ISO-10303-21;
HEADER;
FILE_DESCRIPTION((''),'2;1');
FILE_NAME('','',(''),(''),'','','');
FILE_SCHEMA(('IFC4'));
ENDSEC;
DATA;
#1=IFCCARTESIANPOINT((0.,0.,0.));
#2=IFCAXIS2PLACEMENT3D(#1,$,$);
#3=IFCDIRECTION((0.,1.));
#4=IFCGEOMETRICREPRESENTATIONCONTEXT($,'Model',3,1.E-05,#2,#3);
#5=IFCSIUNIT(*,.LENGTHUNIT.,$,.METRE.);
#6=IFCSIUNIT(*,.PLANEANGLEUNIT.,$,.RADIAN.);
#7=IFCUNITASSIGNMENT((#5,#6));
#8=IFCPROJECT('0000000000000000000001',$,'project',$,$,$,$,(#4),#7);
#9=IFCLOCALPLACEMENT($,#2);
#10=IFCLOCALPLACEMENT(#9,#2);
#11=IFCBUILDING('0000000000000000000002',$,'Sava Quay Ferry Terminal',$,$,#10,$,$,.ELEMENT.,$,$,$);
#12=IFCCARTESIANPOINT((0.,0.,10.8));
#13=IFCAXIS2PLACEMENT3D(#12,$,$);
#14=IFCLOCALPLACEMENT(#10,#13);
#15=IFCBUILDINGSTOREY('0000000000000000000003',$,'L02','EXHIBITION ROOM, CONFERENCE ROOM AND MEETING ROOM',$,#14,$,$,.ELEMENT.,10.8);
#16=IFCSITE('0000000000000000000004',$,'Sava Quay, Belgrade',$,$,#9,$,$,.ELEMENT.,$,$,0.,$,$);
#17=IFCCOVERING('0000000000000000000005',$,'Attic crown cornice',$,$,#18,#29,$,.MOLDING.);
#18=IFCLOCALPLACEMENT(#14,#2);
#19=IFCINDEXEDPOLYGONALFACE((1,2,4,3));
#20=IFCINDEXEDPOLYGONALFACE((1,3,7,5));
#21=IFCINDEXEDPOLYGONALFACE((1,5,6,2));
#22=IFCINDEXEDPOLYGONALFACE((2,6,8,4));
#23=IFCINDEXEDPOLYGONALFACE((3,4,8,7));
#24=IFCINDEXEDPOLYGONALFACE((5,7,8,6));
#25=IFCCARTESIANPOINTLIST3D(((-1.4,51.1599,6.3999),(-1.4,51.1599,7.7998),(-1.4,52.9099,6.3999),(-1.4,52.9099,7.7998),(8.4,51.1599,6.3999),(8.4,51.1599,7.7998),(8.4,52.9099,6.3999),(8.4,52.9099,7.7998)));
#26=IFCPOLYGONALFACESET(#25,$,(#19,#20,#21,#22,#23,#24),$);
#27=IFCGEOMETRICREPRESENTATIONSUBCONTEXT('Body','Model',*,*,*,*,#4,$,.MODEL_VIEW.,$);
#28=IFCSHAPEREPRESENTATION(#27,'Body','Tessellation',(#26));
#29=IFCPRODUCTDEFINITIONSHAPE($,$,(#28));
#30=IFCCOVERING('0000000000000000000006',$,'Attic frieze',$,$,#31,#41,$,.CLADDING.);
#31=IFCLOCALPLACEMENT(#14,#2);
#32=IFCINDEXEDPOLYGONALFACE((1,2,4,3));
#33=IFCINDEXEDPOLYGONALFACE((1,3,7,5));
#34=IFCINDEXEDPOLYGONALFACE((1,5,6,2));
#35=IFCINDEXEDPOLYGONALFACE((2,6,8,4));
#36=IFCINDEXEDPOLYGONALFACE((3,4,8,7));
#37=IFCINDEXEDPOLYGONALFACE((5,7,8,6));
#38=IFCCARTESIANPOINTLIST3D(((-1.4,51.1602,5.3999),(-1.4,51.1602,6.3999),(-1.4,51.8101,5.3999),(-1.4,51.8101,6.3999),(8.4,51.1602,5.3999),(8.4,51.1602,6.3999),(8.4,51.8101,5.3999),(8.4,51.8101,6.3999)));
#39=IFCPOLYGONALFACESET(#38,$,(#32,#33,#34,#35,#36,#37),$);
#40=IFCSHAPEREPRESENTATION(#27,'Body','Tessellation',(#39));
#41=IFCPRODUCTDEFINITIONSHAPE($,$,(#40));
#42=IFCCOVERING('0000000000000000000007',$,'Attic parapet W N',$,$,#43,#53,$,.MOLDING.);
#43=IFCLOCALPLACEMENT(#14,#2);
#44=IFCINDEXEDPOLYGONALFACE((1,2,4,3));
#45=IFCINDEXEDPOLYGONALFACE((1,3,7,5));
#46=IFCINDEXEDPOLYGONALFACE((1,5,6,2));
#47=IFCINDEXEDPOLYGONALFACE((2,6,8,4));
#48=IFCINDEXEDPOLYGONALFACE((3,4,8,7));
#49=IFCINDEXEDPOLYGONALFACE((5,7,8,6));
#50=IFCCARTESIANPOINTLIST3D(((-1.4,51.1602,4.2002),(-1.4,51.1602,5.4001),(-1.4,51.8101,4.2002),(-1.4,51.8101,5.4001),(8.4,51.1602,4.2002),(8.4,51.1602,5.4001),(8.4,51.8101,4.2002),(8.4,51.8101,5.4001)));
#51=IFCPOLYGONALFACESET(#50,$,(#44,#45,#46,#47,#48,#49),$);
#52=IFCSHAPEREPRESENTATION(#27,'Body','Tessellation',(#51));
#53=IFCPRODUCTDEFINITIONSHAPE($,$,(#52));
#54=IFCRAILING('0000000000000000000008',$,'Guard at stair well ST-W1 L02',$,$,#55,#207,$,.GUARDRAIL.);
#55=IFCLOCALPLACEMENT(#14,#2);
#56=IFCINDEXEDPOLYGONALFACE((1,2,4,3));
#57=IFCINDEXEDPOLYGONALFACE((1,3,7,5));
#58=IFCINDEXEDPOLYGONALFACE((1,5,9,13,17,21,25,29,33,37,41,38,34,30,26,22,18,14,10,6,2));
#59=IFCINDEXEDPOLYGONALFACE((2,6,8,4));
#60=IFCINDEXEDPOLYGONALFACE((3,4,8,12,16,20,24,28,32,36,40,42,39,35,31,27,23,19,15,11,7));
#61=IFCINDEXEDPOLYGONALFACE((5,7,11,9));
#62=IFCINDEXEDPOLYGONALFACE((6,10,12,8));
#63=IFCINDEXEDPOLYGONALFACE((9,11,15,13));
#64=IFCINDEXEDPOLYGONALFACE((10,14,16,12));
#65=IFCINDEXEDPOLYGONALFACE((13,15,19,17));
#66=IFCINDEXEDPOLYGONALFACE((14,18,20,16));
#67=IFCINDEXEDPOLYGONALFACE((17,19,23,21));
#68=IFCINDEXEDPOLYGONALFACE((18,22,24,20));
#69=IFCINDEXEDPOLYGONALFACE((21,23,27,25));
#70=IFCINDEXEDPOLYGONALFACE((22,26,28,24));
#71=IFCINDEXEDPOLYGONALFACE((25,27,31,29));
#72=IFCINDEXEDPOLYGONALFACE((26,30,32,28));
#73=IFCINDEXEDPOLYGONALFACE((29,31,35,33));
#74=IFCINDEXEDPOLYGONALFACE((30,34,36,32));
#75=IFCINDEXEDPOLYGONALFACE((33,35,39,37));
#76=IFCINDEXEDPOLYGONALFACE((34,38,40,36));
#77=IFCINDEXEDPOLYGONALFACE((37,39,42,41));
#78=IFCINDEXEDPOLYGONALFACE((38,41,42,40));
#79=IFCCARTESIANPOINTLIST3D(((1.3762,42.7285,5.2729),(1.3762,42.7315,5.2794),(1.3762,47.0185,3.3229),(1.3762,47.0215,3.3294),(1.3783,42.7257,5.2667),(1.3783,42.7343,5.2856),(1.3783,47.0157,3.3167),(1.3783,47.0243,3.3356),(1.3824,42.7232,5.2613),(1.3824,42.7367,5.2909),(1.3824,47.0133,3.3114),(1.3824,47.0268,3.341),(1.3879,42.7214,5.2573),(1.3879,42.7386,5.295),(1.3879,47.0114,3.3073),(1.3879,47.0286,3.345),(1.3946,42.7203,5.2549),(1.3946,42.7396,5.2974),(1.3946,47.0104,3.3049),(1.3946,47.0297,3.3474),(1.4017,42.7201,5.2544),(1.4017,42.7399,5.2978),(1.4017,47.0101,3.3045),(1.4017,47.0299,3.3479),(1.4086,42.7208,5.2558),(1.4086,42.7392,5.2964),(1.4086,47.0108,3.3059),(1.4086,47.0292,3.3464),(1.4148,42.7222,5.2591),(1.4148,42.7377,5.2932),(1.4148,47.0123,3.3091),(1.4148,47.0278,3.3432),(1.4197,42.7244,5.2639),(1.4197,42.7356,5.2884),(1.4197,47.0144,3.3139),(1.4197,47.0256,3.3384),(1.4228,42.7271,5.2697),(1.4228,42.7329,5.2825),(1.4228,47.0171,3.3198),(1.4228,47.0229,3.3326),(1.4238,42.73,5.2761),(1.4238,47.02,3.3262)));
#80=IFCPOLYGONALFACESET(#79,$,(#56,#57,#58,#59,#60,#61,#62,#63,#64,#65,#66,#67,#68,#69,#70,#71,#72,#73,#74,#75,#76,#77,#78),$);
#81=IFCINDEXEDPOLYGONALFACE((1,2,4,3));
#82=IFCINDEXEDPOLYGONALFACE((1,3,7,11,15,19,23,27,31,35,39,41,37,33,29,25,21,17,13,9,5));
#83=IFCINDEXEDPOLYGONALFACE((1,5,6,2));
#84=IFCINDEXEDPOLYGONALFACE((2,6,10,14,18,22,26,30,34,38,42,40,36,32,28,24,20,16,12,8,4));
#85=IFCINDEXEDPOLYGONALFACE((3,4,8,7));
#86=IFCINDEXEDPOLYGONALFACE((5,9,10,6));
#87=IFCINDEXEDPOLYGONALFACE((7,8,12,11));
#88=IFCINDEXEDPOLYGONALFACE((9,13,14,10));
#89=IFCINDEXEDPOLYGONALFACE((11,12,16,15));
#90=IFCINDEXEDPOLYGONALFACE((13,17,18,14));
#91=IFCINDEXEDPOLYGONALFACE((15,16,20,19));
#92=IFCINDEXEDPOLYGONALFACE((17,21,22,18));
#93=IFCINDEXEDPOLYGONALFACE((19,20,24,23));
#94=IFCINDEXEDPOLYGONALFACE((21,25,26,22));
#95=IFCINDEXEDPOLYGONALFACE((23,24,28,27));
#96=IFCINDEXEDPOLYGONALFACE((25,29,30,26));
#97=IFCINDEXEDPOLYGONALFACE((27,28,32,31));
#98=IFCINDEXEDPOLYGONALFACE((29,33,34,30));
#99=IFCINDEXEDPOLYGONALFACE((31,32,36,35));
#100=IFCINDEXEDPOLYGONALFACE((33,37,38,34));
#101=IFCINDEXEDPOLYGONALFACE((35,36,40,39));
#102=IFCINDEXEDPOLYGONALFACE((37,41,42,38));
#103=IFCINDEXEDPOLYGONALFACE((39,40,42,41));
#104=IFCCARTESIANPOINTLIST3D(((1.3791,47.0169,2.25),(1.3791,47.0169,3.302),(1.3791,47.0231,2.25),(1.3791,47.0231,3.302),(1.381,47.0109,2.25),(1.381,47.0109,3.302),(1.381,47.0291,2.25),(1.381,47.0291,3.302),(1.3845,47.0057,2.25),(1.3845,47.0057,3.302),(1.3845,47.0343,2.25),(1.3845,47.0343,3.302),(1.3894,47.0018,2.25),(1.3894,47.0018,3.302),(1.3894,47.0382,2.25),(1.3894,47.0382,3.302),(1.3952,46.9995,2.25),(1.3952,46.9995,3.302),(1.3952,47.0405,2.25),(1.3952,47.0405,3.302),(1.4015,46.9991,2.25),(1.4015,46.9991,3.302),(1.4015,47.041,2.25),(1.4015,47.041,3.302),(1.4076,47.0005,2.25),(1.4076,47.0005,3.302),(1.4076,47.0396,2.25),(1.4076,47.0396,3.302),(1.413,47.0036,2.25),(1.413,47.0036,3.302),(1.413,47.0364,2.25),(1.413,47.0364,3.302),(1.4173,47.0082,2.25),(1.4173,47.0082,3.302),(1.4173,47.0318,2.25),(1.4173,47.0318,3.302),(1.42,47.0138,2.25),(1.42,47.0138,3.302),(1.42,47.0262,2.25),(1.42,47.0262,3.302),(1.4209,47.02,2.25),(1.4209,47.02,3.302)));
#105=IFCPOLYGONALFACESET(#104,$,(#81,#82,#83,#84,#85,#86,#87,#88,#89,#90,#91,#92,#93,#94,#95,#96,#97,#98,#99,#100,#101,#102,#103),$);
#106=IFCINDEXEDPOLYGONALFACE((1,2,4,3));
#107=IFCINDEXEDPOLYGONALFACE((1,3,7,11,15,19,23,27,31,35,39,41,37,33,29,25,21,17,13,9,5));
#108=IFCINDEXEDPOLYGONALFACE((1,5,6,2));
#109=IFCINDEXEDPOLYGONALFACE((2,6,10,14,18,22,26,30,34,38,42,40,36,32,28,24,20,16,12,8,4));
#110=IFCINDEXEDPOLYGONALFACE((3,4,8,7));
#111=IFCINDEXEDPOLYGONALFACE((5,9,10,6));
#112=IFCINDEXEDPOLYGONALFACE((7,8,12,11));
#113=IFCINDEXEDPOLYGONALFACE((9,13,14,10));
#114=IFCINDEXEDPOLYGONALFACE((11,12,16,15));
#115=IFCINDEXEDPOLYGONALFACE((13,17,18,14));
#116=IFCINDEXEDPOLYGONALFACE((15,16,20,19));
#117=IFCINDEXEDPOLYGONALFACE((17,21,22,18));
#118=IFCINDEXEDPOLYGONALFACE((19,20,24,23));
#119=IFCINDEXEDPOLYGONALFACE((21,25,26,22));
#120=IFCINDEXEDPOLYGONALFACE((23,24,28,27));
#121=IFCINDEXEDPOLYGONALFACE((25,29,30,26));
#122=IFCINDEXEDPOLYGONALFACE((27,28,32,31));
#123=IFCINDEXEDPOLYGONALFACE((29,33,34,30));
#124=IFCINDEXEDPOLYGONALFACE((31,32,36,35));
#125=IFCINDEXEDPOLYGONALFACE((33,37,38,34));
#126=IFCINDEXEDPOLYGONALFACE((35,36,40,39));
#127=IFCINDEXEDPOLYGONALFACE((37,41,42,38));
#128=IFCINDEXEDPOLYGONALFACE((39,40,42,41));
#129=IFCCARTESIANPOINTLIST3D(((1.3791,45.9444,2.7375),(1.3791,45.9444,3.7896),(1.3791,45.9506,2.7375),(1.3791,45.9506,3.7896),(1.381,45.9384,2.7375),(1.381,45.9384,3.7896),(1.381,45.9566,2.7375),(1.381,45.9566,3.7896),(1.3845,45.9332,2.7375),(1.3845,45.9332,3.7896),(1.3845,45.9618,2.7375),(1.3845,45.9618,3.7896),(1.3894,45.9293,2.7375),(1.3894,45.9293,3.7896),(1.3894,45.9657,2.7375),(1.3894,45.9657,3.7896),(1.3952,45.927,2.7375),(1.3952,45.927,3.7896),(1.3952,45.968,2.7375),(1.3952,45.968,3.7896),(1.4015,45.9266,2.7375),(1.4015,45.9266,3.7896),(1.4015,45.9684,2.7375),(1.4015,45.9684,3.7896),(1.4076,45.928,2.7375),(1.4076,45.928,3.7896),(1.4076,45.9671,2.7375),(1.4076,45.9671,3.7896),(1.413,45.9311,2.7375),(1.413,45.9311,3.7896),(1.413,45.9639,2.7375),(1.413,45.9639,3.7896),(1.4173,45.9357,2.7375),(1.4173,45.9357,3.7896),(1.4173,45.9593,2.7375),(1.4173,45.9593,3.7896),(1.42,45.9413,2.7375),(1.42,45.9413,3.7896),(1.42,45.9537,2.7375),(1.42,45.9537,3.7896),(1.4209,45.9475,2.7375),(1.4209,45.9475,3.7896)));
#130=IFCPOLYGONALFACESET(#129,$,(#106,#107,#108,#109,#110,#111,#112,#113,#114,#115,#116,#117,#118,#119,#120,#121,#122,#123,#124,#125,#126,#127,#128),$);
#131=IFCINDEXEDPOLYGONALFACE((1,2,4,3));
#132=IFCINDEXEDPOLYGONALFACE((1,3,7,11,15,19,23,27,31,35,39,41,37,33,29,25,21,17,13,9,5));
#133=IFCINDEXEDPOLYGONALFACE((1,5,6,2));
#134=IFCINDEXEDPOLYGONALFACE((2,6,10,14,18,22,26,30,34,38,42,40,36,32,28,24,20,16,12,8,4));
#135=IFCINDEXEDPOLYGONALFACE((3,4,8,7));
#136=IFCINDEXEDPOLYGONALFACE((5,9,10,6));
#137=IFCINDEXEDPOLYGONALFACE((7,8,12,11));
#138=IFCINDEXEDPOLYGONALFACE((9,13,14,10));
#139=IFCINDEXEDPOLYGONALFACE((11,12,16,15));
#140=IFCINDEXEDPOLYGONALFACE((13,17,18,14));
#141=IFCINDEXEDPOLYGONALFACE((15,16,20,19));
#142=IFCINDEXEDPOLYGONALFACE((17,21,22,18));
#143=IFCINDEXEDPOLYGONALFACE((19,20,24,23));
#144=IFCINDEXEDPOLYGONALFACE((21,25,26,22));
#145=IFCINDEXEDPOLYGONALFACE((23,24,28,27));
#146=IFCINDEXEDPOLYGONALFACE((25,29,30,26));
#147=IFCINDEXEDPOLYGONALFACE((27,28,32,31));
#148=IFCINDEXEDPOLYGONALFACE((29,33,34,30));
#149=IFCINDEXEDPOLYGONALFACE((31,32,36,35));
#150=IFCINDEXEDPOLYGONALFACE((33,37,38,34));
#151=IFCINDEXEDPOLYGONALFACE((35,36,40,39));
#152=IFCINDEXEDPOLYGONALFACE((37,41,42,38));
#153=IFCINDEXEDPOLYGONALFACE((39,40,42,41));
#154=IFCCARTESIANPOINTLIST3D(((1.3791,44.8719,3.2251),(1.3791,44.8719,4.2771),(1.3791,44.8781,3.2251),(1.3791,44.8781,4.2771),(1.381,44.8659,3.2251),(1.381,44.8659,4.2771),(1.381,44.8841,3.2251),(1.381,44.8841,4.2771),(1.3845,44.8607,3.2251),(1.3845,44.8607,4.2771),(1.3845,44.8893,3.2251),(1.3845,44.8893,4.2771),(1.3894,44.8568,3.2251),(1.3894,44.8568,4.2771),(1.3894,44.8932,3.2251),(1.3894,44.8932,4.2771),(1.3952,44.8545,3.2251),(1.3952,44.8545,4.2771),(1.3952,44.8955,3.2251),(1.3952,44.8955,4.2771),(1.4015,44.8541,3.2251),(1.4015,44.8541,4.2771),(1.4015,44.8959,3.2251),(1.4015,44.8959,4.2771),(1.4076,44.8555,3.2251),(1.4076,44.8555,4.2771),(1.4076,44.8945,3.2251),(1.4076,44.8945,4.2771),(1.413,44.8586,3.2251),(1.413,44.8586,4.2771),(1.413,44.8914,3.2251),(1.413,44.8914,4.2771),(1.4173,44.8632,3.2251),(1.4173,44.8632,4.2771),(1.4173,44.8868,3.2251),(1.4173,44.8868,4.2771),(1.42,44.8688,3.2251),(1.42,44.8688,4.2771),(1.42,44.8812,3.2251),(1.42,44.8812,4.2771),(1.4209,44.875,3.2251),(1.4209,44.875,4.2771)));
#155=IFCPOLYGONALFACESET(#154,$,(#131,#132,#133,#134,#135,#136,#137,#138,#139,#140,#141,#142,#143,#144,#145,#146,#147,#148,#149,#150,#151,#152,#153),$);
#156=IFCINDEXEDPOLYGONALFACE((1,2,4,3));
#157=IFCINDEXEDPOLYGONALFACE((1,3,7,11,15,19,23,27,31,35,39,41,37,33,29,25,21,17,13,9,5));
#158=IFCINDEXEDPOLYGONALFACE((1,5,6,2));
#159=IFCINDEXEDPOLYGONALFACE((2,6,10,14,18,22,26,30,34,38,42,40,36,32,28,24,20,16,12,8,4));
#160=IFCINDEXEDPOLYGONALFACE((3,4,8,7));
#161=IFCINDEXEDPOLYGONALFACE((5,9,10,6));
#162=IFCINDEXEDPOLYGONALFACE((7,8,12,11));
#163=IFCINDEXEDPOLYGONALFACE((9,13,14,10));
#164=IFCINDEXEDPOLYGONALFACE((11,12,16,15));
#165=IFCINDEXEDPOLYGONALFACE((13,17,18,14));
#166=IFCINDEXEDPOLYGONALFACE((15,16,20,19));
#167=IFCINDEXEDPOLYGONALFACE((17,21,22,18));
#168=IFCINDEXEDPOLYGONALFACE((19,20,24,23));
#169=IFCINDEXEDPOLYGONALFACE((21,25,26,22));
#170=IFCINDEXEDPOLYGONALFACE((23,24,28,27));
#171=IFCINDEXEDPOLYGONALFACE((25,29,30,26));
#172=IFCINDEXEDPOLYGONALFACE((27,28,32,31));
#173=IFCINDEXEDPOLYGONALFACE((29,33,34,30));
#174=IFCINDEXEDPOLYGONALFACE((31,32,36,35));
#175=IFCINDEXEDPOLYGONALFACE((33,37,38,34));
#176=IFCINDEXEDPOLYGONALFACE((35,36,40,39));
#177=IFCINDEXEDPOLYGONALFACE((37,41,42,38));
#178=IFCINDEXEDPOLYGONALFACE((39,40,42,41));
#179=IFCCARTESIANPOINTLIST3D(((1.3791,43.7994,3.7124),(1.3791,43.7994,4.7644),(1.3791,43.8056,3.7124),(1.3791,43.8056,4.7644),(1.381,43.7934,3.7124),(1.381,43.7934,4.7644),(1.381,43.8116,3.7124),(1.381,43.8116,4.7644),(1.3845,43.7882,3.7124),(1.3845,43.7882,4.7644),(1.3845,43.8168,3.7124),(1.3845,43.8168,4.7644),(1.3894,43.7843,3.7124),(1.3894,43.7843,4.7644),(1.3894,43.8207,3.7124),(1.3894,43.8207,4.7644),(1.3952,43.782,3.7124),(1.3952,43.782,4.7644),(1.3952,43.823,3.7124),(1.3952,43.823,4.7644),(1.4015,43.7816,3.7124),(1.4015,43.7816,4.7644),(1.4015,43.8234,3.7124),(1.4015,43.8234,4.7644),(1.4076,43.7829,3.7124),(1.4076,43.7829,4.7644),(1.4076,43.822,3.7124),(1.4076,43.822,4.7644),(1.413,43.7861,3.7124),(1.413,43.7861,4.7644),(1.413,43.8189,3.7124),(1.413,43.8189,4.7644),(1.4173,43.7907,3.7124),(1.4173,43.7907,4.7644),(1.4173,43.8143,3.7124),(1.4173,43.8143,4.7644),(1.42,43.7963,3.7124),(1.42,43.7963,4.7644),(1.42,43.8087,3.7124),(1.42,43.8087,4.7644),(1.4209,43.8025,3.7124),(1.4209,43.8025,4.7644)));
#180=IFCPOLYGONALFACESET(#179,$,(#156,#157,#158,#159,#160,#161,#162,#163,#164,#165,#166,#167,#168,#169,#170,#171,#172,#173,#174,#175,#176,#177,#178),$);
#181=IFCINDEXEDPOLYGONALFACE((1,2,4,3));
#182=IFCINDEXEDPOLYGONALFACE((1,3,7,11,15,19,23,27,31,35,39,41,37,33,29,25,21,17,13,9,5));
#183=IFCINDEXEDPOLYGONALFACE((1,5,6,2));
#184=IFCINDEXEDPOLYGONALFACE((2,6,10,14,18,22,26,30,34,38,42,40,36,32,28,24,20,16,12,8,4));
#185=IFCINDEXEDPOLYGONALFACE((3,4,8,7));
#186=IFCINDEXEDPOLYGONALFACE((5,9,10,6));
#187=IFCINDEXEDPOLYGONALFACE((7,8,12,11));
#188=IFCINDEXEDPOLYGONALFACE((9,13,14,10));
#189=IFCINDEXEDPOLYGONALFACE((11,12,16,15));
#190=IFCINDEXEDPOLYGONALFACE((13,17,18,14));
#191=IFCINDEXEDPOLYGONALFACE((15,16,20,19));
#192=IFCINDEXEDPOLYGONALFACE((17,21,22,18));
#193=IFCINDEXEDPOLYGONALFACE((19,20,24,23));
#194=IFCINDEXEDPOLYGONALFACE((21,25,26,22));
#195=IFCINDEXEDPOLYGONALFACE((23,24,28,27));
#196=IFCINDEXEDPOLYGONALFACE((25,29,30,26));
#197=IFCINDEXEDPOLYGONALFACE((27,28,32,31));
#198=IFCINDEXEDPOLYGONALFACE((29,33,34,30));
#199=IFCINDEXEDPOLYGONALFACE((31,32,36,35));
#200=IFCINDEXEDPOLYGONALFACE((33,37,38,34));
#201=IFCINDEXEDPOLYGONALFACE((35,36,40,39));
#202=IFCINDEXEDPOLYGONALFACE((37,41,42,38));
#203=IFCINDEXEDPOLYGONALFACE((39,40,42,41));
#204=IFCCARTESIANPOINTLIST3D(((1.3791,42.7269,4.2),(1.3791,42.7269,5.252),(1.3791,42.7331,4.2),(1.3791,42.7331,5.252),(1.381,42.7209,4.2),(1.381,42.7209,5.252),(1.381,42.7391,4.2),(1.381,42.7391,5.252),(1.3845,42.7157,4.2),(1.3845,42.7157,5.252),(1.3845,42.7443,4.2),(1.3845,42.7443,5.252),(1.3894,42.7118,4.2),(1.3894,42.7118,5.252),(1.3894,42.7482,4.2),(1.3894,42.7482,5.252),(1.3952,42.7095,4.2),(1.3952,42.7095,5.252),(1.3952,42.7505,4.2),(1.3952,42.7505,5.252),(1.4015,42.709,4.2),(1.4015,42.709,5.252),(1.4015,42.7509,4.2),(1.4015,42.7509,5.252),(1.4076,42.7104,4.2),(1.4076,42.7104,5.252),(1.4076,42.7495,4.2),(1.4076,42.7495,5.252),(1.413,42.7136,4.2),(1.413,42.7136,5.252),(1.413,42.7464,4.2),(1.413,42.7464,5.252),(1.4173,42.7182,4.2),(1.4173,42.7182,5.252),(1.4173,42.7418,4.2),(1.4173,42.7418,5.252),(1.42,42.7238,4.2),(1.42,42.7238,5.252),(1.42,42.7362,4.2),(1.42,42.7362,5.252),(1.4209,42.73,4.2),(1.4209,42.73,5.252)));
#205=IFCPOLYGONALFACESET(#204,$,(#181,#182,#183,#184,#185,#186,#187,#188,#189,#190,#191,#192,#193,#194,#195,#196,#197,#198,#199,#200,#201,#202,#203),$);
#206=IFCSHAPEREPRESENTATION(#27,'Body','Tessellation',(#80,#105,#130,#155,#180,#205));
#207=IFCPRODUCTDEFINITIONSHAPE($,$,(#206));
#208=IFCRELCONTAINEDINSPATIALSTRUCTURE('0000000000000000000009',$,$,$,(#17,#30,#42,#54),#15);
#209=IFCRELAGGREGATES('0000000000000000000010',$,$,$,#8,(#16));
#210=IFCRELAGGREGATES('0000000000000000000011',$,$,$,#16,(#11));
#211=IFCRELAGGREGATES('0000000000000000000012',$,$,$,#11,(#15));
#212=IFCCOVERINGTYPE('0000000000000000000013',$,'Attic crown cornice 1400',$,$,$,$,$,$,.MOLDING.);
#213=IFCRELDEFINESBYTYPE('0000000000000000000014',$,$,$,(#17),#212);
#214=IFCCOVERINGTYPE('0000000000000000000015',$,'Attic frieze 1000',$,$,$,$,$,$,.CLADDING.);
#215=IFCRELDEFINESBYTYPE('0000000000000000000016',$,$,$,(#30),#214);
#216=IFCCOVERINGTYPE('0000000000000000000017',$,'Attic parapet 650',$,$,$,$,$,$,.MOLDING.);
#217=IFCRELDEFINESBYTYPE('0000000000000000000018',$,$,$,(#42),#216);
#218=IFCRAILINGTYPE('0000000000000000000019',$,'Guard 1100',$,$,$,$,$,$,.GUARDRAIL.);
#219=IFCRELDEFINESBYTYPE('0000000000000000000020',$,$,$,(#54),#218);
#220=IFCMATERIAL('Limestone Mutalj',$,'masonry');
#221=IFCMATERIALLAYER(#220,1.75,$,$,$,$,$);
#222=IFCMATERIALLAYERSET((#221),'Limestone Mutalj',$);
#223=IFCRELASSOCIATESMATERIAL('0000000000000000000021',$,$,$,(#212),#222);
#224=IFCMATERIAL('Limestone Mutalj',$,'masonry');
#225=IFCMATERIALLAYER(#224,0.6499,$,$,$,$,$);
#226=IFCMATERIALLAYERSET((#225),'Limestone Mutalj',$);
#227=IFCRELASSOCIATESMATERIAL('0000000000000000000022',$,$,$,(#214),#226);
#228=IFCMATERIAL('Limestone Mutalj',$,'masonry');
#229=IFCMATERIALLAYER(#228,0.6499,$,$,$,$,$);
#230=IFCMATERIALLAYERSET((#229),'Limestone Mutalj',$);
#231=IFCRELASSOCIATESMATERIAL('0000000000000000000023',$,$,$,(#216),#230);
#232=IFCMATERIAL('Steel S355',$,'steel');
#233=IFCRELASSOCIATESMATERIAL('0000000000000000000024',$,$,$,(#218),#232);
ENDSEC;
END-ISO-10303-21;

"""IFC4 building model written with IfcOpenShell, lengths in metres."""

from ifc_helpers import new_model, si_unit, direction, frame, origin, origin_2d, place, context, subcontext, project, spatial, rectangle, circle, extrude, material, layer, layer_set, type_object, element, save


model = new_model("IFC4")

# Units and contexts
model_context = context("Model", 3, precision=1e-05, world=origin(), true_north=direction((0.0, 1.0)))
body_context = subcontext(model_context, "Body", "Model", "MODEL_VIEW")
ifc_project = project(units=[si_unit("LENGTHUNIT", "METRE"), si_unit("PLANEANGLEUNIT", "RADIAN")], contexts=[model_context])

# Site, building, storey
site_placement = place(None, origin())
site = spatial("IfcSite", under=ifc_project, at=site_placement, Name="Sava Quay, Belgrade", CompositionType="ELEMENT", RefElevation=0.0)
building_placement = place(site_placement, origin())
building = spatial("IfcBuilding", under=site, at=building_placement, Name="Sava Quay Ferry Terminal", CompositionType="ELEMENT")
storey_placement = place(building_placement, frame((0.0, 0.0, 10.8)))
storey = spatial("IfcBuildingStorey", under=building, at=storey_placement, Name="L02", Description="EXHIBITION ROOM, CONFERENCE ROOM AND MEETING ROOM", CompositionType="ELEMENT", Elevation=10.8)

# Coverings
ifc_material_1 = material(Name="Limestone Mutalj", Category="masonry")
ifc_layer_1 = layer(ifc_material_1, 1.75)
ifc_layer_set_1 = layer_set([ifc_layer_1], Name="Limestone Mutalj")
covering_type_1 = type_object("IfcCoveringType", Name="Attic crown cornice 1400", PredefinedType="MOLDING", material=ifc_layer_set_1)
covering_1_placement = place(storey_placement, frame((3.5, 52.0349, 6.3999), z_axis=(0.0, 0.0, 1.0), x_axis=(1.0, 0.0, 0.0)))
element("IfcCovering", 1, at=covering_1_placement, inside=storey, type_object=covering_type_1, Name="Attic crown cornice", PredefinedType="MOLDING", context=body_context, shape_type="SweptSolid", body=[
    extrude(rectangle(XDim=9.8, YDim=1.75, at=origin_2d()), origin(), (0.0, 0.0, 1.0), 1.3999),
])
ifc_material_2 = material(Name="Limestone Mutalj", Category="masonry")
ifc_layer_2 = layer(ifc_material_2, 0.6499)
ifc_layer_set_2 = layer_set([ifc_layer_2], Name="Limestone Mutalj")
covering_type_2 = type_object("IfcCoveringType", Name="Attic frieze 1000", PredefinedType="CLADDING", material=ifc_layer_set_2)
covering_2_placement = place(storey_placement, frame((3.5, 51.4851, 5.3999), z_axis=(0.0, 0.0, 1.0), x_axis=(1.0, 0.0, 0.0)))
element("IfcCovering", 2, at=covering_2_placement, inside=storey, type_object=covering_type_2, Name="Attic frieze", PredefinedType="CLADDING", context=body_context, shape_type="SweptSolid", body=[
    extrude(rectangle(XDim=9.8, YDim=0.6499, at=origin_2d()), origin(), (0.0, 0.0, 1.0), 1.0),
])
ifc_material_3 = material(Name="Limestone Mutalj", Category="masonry")
ifc_layer_3 = layer(ifc_material_3, 0.6499)
ifc_layer_set_3 = layer_set([ifc_layer_3], Name="Limestone Mutalj")
covering_type_3 = type_object("IfcCoveringType", Name="Attic parapet 650", PredefinedType="MOLDING", material=ifc_layer_set_3)
covering_3_placement = place(storey_placement, frame((3.5, 51.4851, 4.2002), z_axis=(0.0, 0.0, 1.0), x_axis=(1.0, 0.0, 0.0)))
element("IfcCovering", 3, at=covering_3_placement, inside=storey, type_object=covering_type_3, Name="Attic parapet W N", PredefinedType="MOLDING", context=body_context, shape_type="SweptSolid", body=[
    extrude(rectangle(XDim=9.8, YDim=0.6499, at=origin_2d()), origin(), (0.0, 0.0, 1.0), 1.2),
])

# Railing
ifc_material_4 = material(Name="Steel S355", Category="steel")
railing_type_1 = type_object("IfcRailingType", Name="Guard 1100", PredefinedType="GUARDRAIL", material=ifc_material_4)
railing_1_placement = place(storey_placement, frame((1.3999, 47.02, 2.25)))
element("IfcRailing", 4, at=railing_1_placement, inside=storey, type_object=railing_type_1, Name="Guard at stair well ST-W1 L02", PredefinedType="GUARDRAIL", context=body_context, shape_type="SweptSolid", body=[
    extrude(circle(Radius=0.0239, at=origin_2d()), frame((0.0, 0.0, 1.0762), z_axis=(0.0, -0.910372, 0.413791), x_axis=(1.0, 0.0, 0.0)), (0.0, 0.0, 1.0), 4.7124),
    extrude(circle(Radius=0.021, at=origin_2d()), origin(), (0.0, 0.0, 1.0), 1.052),
    extrude(circle(Radius=0.021, at=origin_2d()), frame((0.0, -1.0725, 0.4875)), (0.0, 0.0, 1.0), 1.052),
    extrude(circle(Radius=0.021, at=origin_2d()), frame((0.0, -2.145, 0.9751)), (0.0, 0.0, 1.0), 1.052),
    extrude(circle(Radius=0.021, at=origin_2d()), frame((0.0, -3.2175, 1.4624)), (0.0, 0.0, 1.0), 1.052),
    extrude(circle(Radius=0.021, at=origin_2d()), frame((0.0, -4.29, 1.95)), (0.0, 0.0, 1.0), 1.052),
])

save(model, "model.ifc")
